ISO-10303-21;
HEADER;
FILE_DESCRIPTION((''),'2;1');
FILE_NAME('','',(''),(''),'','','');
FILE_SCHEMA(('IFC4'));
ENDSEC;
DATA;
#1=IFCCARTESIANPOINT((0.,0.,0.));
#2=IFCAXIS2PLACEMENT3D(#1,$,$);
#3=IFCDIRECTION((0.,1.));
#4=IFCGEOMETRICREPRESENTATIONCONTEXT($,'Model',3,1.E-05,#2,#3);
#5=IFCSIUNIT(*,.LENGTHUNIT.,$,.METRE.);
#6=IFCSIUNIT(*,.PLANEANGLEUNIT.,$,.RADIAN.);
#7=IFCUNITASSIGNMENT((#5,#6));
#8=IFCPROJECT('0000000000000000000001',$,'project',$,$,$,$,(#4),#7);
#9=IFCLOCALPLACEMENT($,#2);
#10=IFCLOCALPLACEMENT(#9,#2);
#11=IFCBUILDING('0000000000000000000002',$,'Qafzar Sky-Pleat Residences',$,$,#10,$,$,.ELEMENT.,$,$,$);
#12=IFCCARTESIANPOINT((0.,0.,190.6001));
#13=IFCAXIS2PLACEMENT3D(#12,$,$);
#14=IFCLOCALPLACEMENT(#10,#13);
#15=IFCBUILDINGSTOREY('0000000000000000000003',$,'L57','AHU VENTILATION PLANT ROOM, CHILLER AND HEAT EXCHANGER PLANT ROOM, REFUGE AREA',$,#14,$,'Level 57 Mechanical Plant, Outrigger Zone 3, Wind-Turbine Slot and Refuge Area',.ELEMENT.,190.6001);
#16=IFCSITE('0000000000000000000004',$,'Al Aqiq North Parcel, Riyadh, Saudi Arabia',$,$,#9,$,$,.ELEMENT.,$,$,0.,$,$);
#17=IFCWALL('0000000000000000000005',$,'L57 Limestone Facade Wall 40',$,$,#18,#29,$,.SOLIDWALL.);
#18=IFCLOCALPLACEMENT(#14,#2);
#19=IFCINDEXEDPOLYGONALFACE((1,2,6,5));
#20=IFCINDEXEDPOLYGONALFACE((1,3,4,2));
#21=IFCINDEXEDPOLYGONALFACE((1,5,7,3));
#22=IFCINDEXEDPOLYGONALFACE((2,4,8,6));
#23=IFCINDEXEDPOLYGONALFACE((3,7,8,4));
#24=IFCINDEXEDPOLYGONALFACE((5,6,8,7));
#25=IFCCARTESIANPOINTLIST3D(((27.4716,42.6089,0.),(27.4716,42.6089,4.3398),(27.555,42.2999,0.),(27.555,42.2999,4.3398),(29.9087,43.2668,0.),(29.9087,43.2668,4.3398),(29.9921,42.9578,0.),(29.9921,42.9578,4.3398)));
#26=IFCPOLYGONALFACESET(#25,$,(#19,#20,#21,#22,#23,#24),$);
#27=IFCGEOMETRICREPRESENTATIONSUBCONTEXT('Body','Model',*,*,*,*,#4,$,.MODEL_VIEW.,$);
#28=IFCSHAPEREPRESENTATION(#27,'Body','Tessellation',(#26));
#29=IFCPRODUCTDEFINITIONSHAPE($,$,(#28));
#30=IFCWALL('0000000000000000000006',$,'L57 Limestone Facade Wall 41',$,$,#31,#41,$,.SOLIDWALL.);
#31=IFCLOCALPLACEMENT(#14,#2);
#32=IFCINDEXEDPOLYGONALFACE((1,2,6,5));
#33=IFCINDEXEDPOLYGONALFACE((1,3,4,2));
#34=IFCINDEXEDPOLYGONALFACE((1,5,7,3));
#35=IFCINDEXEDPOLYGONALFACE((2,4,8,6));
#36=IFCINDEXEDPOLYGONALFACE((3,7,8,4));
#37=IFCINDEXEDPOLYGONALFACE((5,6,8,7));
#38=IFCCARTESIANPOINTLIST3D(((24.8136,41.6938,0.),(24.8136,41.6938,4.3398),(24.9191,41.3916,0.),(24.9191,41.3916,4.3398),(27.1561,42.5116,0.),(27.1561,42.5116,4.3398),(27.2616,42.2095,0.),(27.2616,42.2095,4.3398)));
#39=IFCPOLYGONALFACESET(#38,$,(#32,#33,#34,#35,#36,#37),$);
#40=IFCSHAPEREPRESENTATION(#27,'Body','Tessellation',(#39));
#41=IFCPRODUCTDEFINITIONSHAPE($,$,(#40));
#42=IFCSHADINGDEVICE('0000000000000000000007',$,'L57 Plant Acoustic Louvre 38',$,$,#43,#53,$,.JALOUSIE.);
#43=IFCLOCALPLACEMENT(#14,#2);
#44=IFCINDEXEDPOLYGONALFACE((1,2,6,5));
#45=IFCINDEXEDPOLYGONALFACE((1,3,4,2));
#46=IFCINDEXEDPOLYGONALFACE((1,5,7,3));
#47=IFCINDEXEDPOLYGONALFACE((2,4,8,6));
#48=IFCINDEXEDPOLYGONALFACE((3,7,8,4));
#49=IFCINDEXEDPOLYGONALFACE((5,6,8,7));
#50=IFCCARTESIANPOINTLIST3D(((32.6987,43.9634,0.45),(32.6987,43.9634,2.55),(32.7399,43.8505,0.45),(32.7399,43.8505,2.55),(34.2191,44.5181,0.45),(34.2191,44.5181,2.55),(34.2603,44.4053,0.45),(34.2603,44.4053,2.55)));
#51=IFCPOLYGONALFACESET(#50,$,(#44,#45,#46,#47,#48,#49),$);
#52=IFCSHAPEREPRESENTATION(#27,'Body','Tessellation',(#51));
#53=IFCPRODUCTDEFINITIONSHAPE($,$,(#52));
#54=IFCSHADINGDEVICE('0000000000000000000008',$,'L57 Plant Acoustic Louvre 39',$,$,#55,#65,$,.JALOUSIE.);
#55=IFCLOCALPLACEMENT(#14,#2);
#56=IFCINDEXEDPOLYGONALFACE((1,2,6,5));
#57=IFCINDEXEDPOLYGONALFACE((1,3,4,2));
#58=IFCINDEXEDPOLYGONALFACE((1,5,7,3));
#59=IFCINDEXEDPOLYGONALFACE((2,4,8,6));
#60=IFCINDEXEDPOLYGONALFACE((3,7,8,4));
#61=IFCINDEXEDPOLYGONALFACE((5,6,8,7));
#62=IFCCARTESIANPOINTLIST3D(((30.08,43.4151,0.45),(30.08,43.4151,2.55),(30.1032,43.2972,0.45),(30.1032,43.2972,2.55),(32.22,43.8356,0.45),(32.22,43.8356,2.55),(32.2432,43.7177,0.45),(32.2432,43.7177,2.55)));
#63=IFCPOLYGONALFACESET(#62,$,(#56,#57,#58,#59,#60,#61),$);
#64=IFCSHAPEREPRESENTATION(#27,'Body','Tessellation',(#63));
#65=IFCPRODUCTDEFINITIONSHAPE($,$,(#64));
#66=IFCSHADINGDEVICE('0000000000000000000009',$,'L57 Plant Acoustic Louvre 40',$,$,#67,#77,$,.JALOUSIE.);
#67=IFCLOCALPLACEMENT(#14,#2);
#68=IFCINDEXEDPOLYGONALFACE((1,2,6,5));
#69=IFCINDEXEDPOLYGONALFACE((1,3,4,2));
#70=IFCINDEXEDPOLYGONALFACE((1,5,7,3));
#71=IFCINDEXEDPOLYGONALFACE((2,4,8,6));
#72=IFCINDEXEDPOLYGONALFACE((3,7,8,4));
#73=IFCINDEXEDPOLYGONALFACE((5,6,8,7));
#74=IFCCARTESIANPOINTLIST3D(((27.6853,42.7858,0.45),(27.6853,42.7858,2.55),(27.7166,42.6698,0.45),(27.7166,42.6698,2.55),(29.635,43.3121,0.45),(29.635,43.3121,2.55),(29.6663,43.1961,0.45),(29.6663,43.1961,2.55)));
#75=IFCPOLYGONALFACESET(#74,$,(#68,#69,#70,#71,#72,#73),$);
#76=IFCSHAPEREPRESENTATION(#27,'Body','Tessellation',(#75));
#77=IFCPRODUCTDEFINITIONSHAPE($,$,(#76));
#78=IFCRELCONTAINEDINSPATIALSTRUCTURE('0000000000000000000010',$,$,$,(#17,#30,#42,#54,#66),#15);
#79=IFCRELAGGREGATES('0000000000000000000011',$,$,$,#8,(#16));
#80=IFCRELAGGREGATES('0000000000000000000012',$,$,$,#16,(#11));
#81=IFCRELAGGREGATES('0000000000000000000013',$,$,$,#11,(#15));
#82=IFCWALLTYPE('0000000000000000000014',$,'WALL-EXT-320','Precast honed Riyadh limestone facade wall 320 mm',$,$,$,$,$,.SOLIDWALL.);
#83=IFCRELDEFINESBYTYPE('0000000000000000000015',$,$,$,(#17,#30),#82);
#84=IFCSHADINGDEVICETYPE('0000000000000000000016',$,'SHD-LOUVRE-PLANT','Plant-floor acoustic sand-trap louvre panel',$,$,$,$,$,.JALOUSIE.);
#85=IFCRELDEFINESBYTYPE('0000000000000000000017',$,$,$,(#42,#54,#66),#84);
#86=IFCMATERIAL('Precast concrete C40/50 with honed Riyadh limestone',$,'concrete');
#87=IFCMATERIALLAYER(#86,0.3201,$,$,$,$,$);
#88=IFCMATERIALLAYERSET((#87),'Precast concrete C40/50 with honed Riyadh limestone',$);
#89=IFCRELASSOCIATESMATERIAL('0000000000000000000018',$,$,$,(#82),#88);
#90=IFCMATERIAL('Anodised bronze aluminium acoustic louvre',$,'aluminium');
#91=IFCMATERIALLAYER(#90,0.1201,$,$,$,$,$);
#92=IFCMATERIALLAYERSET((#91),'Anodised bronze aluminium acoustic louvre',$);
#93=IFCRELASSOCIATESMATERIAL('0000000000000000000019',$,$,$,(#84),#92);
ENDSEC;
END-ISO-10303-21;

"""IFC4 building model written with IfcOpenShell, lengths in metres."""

from ifc_helpers import new_model, si_unit, direction, frame, frame_2d, origin, origin_2d, place, context, subcontext, project, spatial, rectangle, extrude, source, transform, mapped, material, layer, layer_set, type_object, element, save


model = new_model("IFC4")

# Units and contexts
model_context = context("Model", 3, precision=1e-05, world=origin(), true_north=direction((0.0, 1.0)))
body_context = subcontext(model_context, "Body", "Model", "MODEL_VIEW")
ifc_project = project(units=[si_unit("LENGTHUNIT", "METRE"), si_unit("PLANEANGLEUNIT", "RADIAN")], contexts=[model_context])

# Site, building, storey
site_placement = place(None, origin())
site = spatial("IfcSite", under=ifc_project, at=site_placement, Name="Al Aqiq North Parcel, Riyadh, Saudi Arabia", CompositionType="ELEMENT", RefElevation=0.0)
building_placement = place(site_placement, origin())
building = spatial("IfcBuilding", under=site, at=building_placement, Name="Qafzar Sky-Pleat Residences", CompositionType="ELEMENT")
storey_placement = place(building_placement, frame((0.0, 0.0, 190.6001)))
storey = spatial("IfcBuildingStorey", under=building, at=storey_placement, Name="L57", Description="AHU VENTILATION PLANT ROOM, CHILLER AND HEAT EXCHANGER PLANT ROOM, REFUGE AREA", LongName="Level 57 Mechanical Plant, Outrigger Zone 3, Wind-Turbine Slot and Refuge Area", CompositionType="ELEMENT", Elevation=190.6001)

# Walls
ifc_material_1 = material(Name="Precast concrete C40/50 with honed Riyadh limestone", Category="concrete")
ifc_layer_1 = layer(ifc_material_1, 0.3201)
ifc_layer_set_1 = layer_set([ifc_layer_1], Name="Precast concrete C40/50 with honed Riyadh limestone")
wall_type_1 = type_object("IfcWallType", Name="WALL-EXT-320", Description="Precast honed Riyadh limestone facade wall 320 mm", PredefinedType="SOLIDWALL", material=ifc_layer_set_1)
wall_1_placement = place(storey_placement, frame((29.9504, 43.1123, 0.0), z_axis=(0.0, 0.0, 1.0), x_axis=(-0.965439, -0.260629, 0.0)))
element("IfcWall", 1, at=wall_1_placement, inside=storey, type_object=wall_type_1, Name="L57 Limestone Facade Wall 40", PredefinedType="SOLIDWALL", context=body_context, shape_type="SweptSolid", body=[
    extrude(rectangle(XDim=2.5244, YDim=0.3201, at=frame_2d((1.2622, 0.0))), origin(), (0.0, 0.0, 1.0), 4.3398),
])
wall_2_placement = place(storey_placement, frame((27.209, 42.3606, 0.0), z_axis=(0.0, 0.0, 1.0), x_axis=(-0.944111, -0.329627, 0.0)))
element("IfcWall", 2, at=wall_2_placement, inside=storey, type_object=wall_type_1, Name="L57 Limestone Facade Wall 41", PredefinedType="SOLIDWALL", context=body_context, shape_type="SweptSolid", body=[
    extrude(rectangle(XDim=2.4812, YDim=0.3201, at=frame_2d((1.2407, 0.0))), origin(), (0.0, 0.0, 1.0), 4.3398),
])

# Shading devices
ifc_material_2 = material(Name="Anodised bronze aluminium acoustic louvre", Category="aluminium")
ifc_layer_2 = layer(ifc_material_2, 0.1201)
ifc_layer_set_2 = layer_set([ifc_layer_2], Name="Anodised bronze aluminium acoustic louvre")
shading_device_type = type_object("IfcShadingDeviceType", Name="SHD-LOUVRE-PLANT", Description="Plant-floor acoustic sand-trap louvre panel", PredefinedType="JALOUSIE", material=ifc_layer_set_2)
shared_shape_1 = source(origin(), body_context, "Body", "SweptSolid", [
    extrude(rectangle(XDim=1.6184, YDim=0.1201, at=origin_2d()), origin(), (0.0, 0.0, 1.0), 2.1001),
])
shading_device_1_placement = place(storey_placement, frame((33.4795, 44.1843, 0.45), z_axis=(0.0, 0.0, 1.0), x_axis=(-0.93941, -0.342795, 0.0)))
element("IfcShadingDevice", 3, at=shading_device_1_placement, inside=storey, type_object=shading_device_type, Name="L57 Plant Acoustic Louvre 38", PredefinedType="JALOUSIE", context=body_context, shape_type="MappedRepresentation", body=[
    mapped(shared_shape_1, transform((0.0, 0.0, 0.0), x_axis=(1.0, 0.0, 0.0), y_axis=(0.0, 1.0, 0.0), z_axis=(0.0, 0.0, 1.0), scale=1.0)),
])
shared_shape_2 = source(origin(), body_context, "Body", "SweptSolid", [
    extrude(rectangle(XDim=2.1809, YDim=0.1201, at=origin_2d()), origin(), (0.0, 0.0, 1.0), 2.1001),
])
shading_device_2_placement = place(storey_placement, frame((31.1616, 43.5664, 0.45), z_axis=(0.0, 0.0, 1.0), x_axis=(-0.981237, -0.192806, 0.0)))
element("IfcShadingDevice", 4, at=shading_device_2_placement, inside=storey, type_object=shading_device_type, Name="L57 Plant Acoustic Louvre 39", PredefinedType="JALOUSIE", context=body_context, shape_type="MappedRepresentation", body=[
    mapped(shared_shape_2, transform((0.0, 0.0, 0.0), x_axis=(1.0, 0.0, 0.0), y_axis=(0.0, 1.0, 0.0), z_axis=(0.0, 0.0, 1.0), scale=1.0)),
])
shared_shape_3 = source(origin(), body_context, "Body", "SweptSolid", [
    extrude(rectangle(XDim=2.0195, YDim=0.1201, at=origin_2d()), origin(), (0.0, 0.0, 1.0), 2.1001),
])
shading_device_3_placement = place(storey_placement, frame((28.6758, 42.991, 0.45), z_axis=(0.0, 0.0, 1.0), x_axis=(-0.965446, -0.260603, 0.0)))
element("IfcShadingDevice", 5, at=shading_device_3_placement, inside=storey, type_object=shading_device_type, Name="L57 Plant Acoustic Louvre 40", PredefinedType="JALOUSIE", context=body_context, shape_type="MappedRepresentation", body=[
    mapped(shared_shape_3, transform((0.0, 0.0, 0.0), x_axis=(1.0, 0.0, 0.0), y_axis=(0.0, 1.0, 0.0), z_axis=(0.0, 0.0, 1.0), scale=1.0)),
])

save(model, "model.ifc")
